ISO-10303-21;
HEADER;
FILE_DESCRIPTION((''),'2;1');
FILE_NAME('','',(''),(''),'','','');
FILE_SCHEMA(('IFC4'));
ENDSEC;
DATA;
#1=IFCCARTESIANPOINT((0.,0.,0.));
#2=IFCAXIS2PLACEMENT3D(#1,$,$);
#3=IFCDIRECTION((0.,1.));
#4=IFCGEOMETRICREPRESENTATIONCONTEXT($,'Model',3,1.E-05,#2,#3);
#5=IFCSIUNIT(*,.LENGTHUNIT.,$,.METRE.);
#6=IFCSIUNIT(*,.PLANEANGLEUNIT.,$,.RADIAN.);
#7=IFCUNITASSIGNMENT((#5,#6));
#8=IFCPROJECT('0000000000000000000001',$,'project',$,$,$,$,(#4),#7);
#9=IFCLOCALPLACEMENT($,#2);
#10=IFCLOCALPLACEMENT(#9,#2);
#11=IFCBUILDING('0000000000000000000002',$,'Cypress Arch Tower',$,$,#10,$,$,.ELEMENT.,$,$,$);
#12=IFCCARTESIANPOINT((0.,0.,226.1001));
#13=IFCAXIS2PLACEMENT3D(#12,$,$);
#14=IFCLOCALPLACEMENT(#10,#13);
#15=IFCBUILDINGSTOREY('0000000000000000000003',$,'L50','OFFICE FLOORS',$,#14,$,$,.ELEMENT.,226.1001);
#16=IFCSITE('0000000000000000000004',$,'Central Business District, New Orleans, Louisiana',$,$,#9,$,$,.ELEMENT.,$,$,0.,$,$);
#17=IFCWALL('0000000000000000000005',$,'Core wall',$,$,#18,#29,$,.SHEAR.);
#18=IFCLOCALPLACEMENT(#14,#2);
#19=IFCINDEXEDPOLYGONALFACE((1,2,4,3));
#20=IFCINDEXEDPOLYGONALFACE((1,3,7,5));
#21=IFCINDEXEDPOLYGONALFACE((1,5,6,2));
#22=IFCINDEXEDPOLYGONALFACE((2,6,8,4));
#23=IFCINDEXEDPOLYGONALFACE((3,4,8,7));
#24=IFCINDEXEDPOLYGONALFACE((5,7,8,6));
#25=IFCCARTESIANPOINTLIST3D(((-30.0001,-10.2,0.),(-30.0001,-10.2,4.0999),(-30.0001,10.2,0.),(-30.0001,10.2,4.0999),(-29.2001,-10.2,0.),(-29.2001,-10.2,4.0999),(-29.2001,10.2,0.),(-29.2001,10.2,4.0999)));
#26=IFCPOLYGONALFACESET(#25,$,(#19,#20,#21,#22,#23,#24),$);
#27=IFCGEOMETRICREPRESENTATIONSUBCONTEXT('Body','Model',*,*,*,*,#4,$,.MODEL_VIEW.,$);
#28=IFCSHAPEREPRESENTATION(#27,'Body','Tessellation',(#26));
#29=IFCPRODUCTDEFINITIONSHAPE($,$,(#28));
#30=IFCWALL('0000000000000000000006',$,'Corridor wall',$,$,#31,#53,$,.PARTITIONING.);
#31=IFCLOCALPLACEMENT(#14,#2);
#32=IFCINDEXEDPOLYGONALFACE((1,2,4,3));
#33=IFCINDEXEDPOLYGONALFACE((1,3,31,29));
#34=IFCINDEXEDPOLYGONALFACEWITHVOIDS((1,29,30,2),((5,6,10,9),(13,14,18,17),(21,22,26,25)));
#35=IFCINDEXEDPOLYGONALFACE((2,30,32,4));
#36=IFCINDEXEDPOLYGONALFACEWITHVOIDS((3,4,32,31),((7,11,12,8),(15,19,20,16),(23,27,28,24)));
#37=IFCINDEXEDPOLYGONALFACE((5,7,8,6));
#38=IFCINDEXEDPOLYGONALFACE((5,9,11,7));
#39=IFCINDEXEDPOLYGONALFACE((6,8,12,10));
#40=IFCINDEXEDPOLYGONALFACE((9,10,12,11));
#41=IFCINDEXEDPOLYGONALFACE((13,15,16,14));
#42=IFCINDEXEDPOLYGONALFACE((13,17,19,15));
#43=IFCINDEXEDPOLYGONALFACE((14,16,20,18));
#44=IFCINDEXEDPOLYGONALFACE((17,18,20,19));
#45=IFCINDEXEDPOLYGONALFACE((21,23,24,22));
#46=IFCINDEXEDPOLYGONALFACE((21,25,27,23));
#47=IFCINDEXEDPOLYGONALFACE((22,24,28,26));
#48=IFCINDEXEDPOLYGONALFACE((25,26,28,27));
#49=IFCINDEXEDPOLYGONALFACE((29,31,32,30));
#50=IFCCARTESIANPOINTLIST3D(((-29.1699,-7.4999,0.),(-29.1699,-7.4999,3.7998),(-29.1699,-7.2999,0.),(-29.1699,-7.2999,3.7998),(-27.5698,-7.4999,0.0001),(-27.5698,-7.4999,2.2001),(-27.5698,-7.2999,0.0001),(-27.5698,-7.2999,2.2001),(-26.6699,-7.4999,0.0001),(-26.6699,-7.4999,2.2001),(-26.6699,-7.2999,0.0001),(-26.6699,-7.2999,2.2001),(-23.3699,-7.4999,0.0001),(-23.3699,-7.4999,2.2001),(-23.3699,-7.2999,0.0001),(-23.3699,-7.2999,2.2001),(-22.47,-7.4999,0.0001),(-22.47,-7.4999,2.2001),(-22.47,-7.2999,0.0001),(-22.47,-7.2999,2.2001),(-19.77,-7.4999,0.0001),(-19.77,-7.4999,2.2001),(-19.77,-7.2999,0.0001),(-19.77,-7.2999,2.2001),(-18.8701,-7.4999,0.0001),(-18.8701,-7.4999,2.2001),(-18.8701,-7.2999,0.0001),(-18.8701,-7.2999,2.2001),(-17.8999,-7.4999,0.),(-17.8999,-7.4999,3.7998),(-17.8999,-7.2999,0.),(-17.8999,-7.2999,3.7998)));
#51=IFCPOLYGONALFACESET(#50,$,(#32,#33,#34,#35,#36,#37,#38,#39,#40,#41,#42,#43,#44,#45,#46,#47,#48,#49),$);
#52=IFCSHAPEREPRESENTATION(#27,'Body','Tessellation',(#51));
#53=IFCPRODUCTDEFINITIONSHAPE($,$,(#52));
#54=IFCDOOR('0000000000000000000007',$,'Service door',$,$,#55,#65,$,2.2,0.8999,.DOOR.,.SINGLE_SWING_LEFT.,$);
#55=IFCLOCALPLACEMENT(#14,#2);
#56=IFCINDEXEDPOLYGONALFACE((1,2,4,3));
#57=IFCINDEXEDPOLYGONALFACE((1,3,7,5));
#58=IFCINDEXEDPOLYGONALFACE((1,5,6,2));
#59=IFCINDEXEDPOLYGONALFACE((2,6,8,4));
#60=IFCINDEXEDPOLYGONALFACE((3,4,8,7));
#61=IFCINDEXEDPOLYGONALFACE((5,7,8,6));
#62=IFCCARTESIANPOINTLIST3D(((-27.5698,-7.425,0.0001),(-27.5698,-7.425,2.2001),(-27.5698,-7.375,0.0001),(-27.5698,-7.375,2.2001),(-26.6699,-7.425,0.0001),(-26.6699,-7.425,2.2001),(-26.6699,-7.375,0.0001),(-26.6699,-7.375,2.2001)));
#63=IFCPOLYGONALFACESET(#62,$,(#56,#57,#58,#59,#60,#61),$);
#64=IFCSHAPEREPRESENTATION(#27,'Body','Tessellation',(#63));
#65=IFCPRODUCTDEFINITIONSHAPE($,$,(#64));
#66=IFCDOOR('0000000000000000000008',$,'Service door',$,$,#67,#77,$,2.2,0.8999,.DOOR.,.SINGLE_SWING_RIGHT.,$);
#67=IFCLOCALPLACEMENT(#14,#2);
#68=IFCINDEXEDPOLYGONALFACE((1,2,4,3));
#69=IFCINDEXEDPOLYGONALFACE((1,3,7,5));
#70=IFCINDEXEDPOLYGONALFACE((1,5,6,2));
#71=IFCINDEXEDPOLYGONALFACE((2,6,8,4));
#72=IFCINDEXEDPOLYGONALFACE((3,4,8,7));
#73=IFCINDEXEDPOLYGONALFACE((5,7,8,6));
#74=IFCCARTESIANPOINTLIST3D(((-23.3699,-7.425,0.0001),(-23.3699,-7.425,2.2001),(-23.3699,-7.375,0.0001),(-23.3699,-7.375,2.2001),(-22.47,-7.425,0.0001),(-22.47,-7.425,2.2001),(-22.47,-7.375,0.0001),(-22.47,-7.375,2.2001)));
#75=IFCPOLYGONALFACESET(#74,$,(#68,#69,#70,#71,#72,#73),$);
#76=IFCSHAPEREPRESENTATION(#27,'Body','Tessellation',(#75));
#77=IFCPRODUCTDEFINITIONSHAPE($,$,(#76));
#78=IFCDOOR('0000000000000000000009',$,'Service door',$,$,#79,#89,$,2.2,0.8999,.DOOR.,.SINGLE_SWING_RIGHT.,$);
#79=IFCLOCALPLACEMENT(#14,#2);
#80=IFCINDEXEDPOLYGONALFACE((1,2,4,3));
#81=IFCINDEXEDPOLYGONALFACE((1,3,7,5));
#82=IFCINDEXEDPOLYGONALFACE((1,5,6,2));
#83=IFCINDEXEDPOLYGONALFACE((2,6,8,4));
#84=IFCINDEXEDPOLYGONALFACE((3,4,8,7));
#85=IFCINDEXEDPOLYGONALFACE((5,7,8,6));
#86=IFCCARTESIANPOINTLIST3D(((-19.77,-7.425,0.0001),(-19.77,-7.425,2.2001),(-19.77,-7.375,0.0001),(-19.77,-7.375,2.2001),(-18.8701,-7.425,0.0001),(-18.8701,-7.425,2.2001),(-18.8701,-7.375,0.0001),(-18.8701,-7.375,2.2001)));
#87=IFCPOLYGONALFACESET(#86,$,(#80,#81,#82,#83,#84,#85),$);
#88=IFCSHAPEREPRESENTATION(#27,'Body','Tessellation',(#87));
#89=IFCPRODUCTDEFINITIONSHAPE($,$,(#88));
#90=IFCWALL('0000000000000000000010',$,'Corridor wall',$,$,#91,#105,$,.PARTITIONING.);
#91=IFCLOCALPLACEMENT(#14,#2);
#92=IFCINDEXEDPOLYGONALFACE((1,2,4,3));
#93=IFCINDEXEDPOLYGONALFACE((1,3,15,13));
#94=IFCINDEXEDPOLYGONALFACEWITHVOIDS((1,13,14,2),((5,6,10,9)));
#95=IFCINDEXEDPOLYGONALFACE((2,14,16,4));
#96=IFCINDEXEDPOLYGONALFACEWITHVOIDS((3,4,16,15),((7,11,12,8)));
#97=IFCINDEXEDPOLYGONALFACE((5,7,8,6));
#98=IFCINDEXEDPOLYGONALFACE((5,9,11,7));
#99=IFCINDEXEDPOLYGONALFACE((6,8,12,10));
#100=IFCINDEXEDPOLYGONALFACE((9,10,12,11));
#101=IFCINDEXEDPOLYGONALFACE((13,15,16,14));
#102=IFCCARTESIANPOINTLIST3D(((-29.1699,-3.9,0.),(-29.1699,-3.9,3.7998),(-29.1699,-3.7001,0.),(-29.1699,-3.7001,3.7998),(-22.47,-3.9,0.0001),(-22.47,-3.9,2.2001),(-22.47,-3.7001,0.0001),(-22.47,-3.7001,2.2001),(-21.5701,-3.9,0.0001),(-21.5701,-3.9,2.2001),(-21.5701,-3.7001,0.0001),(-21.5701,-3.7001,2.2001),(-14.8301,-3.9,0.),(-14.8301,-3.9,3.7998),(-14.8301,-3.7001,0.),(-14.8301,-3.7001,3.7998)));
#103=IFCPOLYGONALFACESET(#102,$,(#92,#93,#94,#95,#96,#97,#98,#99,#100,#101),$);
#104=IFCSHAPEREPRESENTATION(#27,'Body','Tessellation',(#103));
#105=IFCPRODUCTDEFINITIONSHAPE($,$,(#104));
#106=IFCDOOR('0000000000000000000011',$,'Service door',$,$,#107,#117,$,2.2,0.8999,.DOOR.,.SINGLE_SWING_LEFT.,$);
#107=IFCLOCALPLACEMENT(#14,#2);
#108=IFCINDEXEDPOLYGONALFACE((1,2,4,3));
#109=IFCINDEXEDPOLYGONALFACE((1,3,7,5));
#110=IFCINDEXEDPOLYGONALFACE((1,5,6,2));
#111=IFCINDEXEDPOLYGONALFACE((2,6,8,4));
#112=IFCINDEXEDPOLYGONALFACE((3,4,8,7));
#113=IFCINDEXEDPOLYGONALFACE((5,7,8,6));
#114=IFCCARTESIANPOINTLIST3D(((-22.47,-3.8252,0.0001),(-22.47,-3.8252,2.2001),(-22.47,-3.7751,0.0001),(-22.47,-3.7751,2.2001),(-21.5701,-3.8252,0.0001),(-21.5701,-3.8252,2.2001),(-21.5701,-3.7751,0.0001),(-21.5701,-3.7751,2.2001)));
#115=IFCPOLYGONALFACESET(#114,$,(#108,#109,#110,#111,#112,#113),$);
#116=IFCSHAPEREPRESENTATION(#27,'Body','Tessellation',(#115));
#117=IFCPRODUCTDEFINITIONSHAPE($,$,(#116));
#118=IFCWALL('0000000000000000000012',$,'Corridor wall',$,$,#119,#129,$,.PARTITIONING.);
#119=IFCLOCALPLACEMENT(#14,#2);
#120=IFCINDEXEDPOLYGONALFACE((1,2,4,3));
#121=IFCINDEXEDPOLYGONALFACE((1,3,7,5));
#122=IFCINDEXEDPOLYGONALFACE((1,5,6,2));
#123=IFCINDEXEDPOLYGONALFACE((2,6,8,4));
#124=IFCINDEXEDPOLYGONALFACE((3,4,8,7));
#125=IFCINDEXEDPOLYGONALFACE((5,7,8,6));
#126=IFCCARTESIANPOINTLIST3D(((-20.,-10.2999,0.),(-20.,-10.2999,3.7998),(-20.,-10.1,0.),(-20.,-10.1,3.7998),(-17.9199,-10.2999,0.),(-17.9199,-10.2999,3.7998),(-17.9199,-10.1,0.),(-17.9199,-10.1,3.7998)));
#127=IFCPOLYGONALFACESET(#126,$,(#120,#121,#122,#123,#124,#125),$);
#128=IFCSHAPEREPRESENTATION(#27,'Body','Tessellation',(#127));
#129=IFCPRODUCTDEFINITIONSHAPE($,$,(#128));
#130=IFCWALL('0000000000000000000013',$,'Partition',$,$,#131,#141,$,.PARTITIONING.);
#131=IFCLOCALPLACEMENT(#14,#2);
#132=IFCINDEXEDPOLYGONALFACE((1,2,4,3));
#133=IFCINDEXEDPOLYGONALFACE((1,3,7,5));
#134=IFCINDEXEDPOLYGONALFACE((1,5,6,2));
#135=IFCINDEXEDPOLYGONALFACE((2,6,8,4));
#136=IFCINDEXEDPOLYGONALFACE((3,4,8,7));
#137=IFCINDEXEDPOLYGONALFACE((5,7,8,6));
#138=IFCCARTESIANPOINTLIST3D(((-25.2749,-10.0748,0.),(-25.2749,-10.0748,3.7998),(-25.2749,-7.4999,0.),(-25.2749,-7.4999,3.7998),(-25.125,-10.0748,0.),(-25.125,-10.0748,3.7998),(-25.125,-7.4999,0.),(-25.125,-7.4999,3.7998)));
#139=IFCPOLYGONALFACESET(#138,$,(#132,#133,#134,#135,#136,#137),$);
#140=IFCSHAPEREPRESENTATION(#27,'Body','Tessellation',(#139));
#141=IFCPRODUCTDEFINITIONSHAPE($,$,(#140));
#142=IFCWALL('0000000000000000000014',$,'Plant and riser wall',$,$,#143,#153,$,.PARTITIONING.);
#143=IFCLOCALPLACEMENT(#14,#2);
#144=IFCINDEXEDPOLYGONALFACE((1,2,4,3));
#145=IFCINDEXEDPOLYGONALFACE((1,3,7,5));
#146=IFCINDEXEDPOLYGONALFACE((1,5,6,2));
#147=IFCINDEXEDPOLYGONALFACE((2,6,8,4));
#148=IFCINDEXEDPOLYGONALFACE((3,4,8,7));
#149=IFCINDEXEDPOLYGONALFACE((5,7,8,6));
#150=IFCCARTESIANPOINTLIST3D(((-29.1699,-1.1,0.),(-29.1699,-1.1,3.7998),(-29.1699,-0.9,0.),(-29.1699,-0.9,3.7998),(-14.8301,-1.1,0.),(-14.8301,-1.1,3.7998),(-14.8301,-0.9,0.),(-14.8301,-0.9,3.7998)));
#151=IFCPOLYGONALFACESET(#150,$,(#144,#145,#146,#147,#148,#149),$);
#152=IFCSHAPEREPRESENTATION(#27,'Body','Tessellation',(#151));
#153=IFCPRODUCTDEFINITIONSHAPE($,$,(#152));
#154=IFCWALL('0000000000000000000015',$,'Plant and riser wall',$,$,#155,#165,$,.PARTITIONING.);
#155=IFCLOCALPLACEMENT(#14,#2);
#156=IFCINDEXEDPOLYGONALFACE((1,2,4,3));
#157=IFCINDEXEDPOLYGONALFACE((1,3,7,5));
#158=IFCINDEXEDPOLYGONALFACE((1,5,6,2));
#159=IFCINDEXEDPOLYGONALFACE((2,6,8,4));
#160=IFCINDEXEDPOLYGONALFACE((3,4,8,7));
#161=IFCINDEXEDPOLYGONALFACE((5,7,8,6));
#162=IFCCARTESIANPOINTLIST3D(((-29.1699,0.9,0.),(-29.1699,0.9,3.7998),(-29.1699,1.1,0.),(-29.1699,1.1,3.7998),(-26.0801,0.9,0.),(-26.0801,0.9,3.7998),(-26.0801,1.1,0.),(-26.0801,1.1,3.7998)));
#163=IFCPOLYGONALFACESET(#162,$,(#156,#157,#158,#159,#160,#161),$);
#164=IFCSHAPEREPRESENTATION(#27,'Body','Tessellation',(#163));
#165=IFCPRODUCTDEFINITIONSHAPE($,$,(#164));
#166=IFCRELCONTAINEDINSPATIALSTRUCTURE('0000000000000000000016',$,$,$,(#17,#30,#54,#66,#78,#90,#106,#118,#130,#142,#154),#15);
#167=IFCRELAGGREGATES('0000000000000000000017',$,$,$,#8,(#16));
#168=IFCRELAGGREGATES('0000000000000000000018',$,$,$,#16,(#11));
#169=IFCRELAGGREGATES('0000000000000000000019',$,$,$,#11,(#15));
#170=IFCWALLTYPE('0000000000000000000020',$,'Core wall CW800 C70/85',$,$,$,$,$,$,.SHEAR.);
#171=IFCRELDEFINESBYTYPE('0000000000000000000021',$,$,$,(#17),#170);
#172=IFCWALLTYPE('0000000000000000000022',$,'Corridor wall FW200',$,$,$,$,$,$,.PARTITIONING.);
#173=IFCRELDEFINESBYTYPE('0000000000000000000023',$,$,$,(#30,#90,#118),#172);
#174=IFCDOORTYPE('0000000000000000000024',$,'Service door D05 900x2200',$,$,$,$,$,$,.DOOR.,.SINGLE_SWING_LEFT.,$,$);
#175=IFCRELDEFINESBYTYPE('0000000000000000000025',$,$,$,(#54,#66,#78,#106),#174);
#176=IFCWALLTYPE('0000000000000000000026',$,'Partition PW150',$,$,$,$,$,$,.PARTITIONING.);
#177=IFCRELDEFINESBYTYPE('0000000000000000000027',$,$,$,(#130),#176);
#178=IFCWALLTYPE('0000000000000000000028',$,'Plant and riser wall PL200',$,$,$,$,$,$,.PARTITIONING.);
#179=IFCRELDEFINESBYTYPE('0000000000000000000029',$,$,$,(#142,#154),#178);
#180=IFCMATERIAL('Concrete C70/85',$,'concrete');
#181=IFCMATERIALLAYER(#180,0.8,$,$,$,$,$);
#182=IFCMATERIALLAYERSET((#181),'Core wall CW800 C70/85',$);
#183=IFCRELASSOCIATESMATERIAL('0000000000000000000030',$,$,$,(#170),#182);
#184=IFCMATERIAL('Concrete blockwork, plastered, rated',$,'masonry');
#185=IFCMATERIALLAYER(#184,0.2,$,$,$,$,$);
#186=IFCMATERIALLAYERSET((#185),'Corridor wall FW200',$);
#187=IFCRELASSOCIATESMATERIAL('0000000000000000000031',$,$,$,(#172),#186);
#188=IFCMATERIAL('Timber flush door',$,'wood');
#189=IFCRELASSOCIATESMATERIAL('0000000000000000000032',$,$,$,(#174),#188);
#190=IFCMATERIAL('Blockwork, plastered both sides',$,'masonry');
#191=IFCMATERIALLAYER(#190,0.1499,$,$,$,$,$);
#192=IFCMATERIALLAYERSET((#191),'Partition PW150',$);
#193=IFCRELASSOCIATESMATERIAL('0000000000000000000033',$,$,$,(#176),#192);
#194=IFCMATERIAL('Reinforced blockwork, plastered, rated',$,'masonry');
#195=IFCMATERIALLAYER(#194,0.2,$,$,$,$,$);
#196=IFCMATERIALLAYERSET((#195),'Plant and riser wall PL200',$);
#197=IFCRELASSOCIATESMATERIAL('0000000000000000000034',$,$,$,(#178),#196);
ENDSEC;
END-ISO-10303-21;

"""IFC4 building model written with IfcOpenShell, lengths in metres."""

from ifc_helpers import new_model, si_unit, direction, frame, frame_2d, origin, place, context, subcontext, project, spatial, rectangle, extrude, material, layer, layer_set, type_object, element, fill, save


model = new_model("IFC4")

# Units and contexts
model_context = context("Model", 3, precision=1e-05, world=origin(), true_north=direction((0.0, 1.0)))
body_context = subcontext(model_context, "Body", "Model", "MODEL_VIEW")
ifc_project = project(units=[si_unit("LENGTHUNIT", "METRE"), si_unit("PLANEANGLEUNIT", "RADIAN")], contexts=[model_context])

# Site, building, storey
site_placement = place(None, origin())
site = spatial("IfcSite", under=ifc_project, at=site_placement, Name="Central Business District, New Orleans, Louisiana", CompositionType="ELEMENT", RefElevation=0.0)
building_placement = place(site_placement, origin())
building = spatial("IfcBuilding", under=site, at=building_placement, Name="Cypress Arch Tower", CompositionType="ELEMENT")
storey_placement = place(building_placement, frame((0.0, 0.0, 226.1001)))
storey = spatial("IfcBuildingStorey", under=building, at=storey_placement, Name="L50", Description="OFFICE FLOORS", CompositionType="ELEMENT", Elevation=226.1001)

# Wall
ifc_material_1 = material(Name="Concrete C70/85", Category="concrete")
ifc_layer_1 = layer(ifc_material_1, 0.8)
ifc_layer_set_1 = layer_set([ifc_layer_1], Name="Core wall CW800 C70/85")
wall_type_1 = type_object("IfcWallType", Name="Core wall CW800 C70/85", PredefinedType="SHEAR", material=ifc_layer_set_1)
wall_1_placement = place(storey_placement, frame((-29.6001, -10.2, 0.0), z_axis=(0.0, 0.0, 1.0), x_axis=(0.0, 1.0, 0.0)))
element("IfcWall", 1, at=wall_1_placement, inside=storey, type_object=wall_type_1, Name="Core wall", PredefinedType="SHEAR", context=body_context, shape_type="SweptSolid", body=[
    extrude(rectangle(XDim=20.3999, YDim=0.8, at=frame_2d((10.2, 0.0))), origin(), (0.0, 0.0, 1.0), 4.0999),
])

# Wall, openings, doors
ifc_material_2 = material(Name="Concrete blockwork, plastered, rated", Category="masonry")
ifc_layer_2 = layer(ifc_material_2, 0.2)
ifc_layer_set_2 = layer_set([ifc_layer_2], Name="Corridor wall FW200")
wall_type_2 = type_object("IfcWallType", Name="Corridor wall FW200", PredefinedType="PARTITIONING", material=ifc_layer_set_2)
wall_2_placement = place(storey_placement, frame((-29.1699, -7.3999, 0.0), z_axis=(0.0, 0.0, 1.0), x_axis=(1.0, 0.0, 0.0)))
wall_2 = element("IfcWall", 2, at=wall_2_placement, inside=storey, type_object=wall_type_2, Name="Corridor wall", PredefinedType="PARTITIONING", context=body_context, shape_type="SweptSolid", body=[
    extrude(rectangle(XDim=11.27, YDim=0.2, at=frame_2d((5.635, 0.0))), origin(), (0.0, 0.0, 1.0), 3.7998),
])
opening_1_placement = place(wall_2_placement, frame((1.6001, 0.0, 0.0)))
opening_1 = element("IfcOpeningElement", 3, at=opening_1_placement, cuts=wall_2, PredefinedType="OPENING", context=body_context, shape_type="SweptSolid", body=[
    extrude(rectangle(XDim=0.8999, YDim=2.2, at=frame_2d((0.45, 1.1001))), frame((0.0, 0.1099, 0.0), z_axis=(0.0, -1.0, 0.0), x_axis=(1.0, 0.0, 0.0)), (0.0, 0.0, 1.0), 0.22),
])
opening_2_placement = place(wall_2_placement, frame((5.8, 0.0, 0.0)))
opening_2 = element("IfcOpeningElement", 4, at=opening_2_placement, cuts=wall_2, PredefinedType="OPENING", context=body_context, shape_type="SweptSolid", body=[
    extrude(rectangle(XDim=0.8999, YDim=2.2, at=frame_2d((0.45, 1.1001))), frame((0.0, 0.1099, 0.0), z_axis=(0.0, -1.0, 0.0), x_axis=(1.0, 0.0, 0.0)), (0.0, 0.0, 1.0), 0.22),
])
opening_3_placement = place(wall_2_placement, frame((9.3999, 0.0, 0.0)))
opening_3 = element("IfcOpeningElement", 5, at=opening_3_placement, cuts=wall_2, PredefinedType="OPENING", context=body_context, shape_type="SweptSolid", body=[
    extrude(rectangle(XDim=0.8999, YDim=2.2, at=frame_2d((0.45, 1.1001))), frame((0.0, 0.1099, 0.0), z_axis=(0.0, -1.0, 0.0), x_axis=(1.0, 0.0, 0.0)), (0.0, 0.0, 1.0), 0.22),
])
ifc_material_3 = material(Name="Timber flush door", Category="wood")
door_type_1 = type_object("IfcDoorType", Name="Service door D05 900x2200", OperationType="SINGLE_SWING_LEFT", PredefinedType="DOOR", material=ifc_material_3)
door_1_placement = place(opening_1_placement, origin())
door_1 = element("IfcDoor", 6, at=door_1_placement, inside=storey, type_object=door_type_1, Name="Service door", OperationType="SINGLE_SWING_LEFT", OverallHeight=2.2, OverallWidth=0.8999, PredefinedType="DOOR", context=body_context, shape_type="SweptSolid", body=[
    extrude(rectangle(XDim=0.8999, YDim=2.2, at=frame_2d((0.45, 1.1001))), frame((0.0, 0.0249, 0.0), z_axis=(0.0, -1.0, 0.0), x_axis=(1.0, 0.0, 0.0)), (0.0, 0.0, 1.0), 0.05),
])
fill(opening_1, door_1)
door_2_placement = place(opening_2_placement, origin())
door_2 = element("IfcDoor", 7, at=door_2_placement, inside=storey, type_object=door_type_1, Name="Service door", OperationType="SINGLE_SWING_RIGHT", OverallHeight=2.2, OverallWidth=0.8999, PredefinedType="DOOR", context=body_context, shape_type="SweptSolid", body=[
    extrude(rectangle(XDim=0.8999, YDim=2.2, at=frame_2d((0.45, 1.1001))), frame((0.0, 0.0249, 0.0), z_axis=(0.0, -1.0, 0.0), x_axis=(1.0, 0.0, 0.0)), (0.0, 0.0, 1.0), 0.05),
])
fill(opening_2, door_2)
door_3_placement = place(opening_3_placement, origin())
door_3 = element("IfcDoor", 8, at=door_3_placement, inside=storey, type_object=door_type_1, Name="Service door", OperationType="SINGLE_SWING_RIGHT", OverallHeight=2.2, OverallWidth=0.8999, PredefinedType="DOOR", context=body_context, shape_type="SweptSolid", body=[
    extrude(rectangle(XDim=0.8999, YDim=2.2, at=frame_2d((0.45, 1.1001))), frame((0.0, 0.0249, 0.0), z_axis=(0.0, -1.0, 0.0), x_axis=(1.0, 0.0, 0.0)), (0.0, 0.0, 1.0), 0.05),
])
fill(opening_3, door_3)

# Wall, opening, door
wall_3_placement = place(storey_placement, frame((-29.1699, -3.8, 0.0), z_axis=(0.0, 0.0, 1.0), x_axis=(1.0, 0.0, 0.0)))
wall_3 = element("IfcWall", 9, at=wall_3_placement, inside=storey, type_object=wall_type_2, Name="Corridor wall", PredefinedType="PARTITIONING", context=body_context, shape_type="SweptSolid", body=[
    extrude(rectangle(XDim=14.3398, YDim=0.2, at=frame_2d((7.1699, 0.0))), origin(), (0.0, 0.0, 1.0), 3.7998),
])
opening_4_placement = place(wall_3_placement, frame((6.7, 0.0, 0.0)))
opening_4 = element("IfcOpeningElement", 10, at=opening_4_placement, cuts=wall_3, PredefinedType="OPENING", context=body_context, shape_type="SweptSolid", body=[
    extrude(rectangle(XDim=0.8999, YDim=2.2, at=frame_2d((0.45, 1.1001))), frame((0.0, 0.1099, 0.0), z_axis=(0.0, -1.0, 0.0), x_axis=(1.0, 0.0, 0.0)), (0.0, 0.0, 1.0), 0.22),
])
door_4_placement = place(opening_4_placement, origin())
door_4 = element("IfcDoor", 11, at=door_4_placement, inside=storey, type_object=door_type_1, Name="Service door", OperationType="SINGLE_SWING_LEFT", OverallHeight=2.2, OverallWidth=0.8999, PredefinedType="DOOR", context=body_context, shape_type="SweptSolid", body=[
    extrude(rectangle(XDim=0.8999, YDim=2.2, at=frame_2d((0.45, 1.1001))), frame((0.0, 0.0249, 0.0), z_axis=(0.0, -1.0, 0.0), x_axis=(1.0, 0.0, 0.0)), (0.0, 0.0, 1.0), 0.05),
])
fill(opening_4, door_4)

# Walls
wall_4_placement = place(storey_placement, frame((-20.0, -10.2, 0.0), z_axis=(0.0, 0.0, 1.0), x_axis=(1.0, 0.0, 0.0)))
element("IfcWall", 12, at=wall_4_placement, inside=storey, type_object=wall_type_2, Name="Corridor wall", PredefinedType="PARTITIONING", context=body_context, shape_type="SweptSolid", body=[
    extrude(rectangle(XDim=2.0801, YDim=0.2, at=frame_2d((1.04, 0.0))), origin(), (0.0, 0.0, 1.0), 3.7998),
])
ifc_material_4 = material(Name="Blockwork, plastered both sides", Category="masonry")
ifc_layer_3 = layer(ifc_material_4, 0.1499)
ifc_layer_set_3 = layer_set([ifc_layer_3], Name="Partition PW150")
wall_type_3 = type_object("IfcWallType", Name="Partition PW150", PredefinedType="PARTITIONING", material=ifc_layer_set_3)
wall_5_placement = place(storey_placement, frame((-25.2, -10.075, 0.0), z_axis=(0.0, 0.0, 1.0), x_axis=(0.0, 1.0, 0.0)))
element("IfcWall", 13, at=wall_5_placement, inside=storey, type_object=wall_type_3, Name="Partition", PredefinedType="PARTITIONING", context=body_context, shape_type="SweptSolid", body=[
    extrude(rectangle(XDim=2.575, YDim=0.1499, at=frame_2d((1.2876, 0.0))), origin(), (0.0, 0.0, 1.0), 3.7998),
])
ifc_material_5 = material(Name="Reinforced blockwork, plastered, rated", Category="masonry")
ifc_layer_4 = layer(ifc_material_5, 0.2)
ifc_layer_set_4 = layer_set([ifc_layer_4], Name="Plant and riser wall PL200")
wall_type_4 = type_object("IfcWallType", Name="Plant and riser wall PL200", PredefinedType="PARTITIONING", material=ifc_layer_set_4)
wall_6_placement = place(storey_placement, frame((-29.1699, -1.0, 0.0), z_axis=(0.0, 0.0, 1.0), x_axis=(1.0, 0.0, 0.0)))
element("IfcWall", 14, at=wall_6_placement, inside=storey, type_object=wall_type_4, Name="Plant and riser wall", PredefinedType="PARTITIONING", context=body_context, shape_type="SweptSolid", body=[
    extrude(rectangle(XDim=14.3398, YDim=0.2, at=frame_2d((7.1699, 0.0))), origin(), (0.0, 0.0, 1.0), 3.7998),
])
wall_7_placement = place(storey_placement, frame((-29.1699, 1.0, 0.0), z_axis=(0.0, 0.0, 1.0), x_axis=(1.0, 0.0, 0.0)))
element("IfcWall", 15, at=wall_7_placement, inside=storey, type_object=wall_type_4, Name="Plant and riser wall", PredefinedType="PARTITIONING", context=body_context, shape_type="SweptSolid", body=[
    extrude(rectangle(XDim=3.0898, YDim=0.2, at=frame_2d((1.5449, 0.0))), origin(), (0.0, 0.0, 1.0), 3.7998),
])

save(model, "model.ifc")
